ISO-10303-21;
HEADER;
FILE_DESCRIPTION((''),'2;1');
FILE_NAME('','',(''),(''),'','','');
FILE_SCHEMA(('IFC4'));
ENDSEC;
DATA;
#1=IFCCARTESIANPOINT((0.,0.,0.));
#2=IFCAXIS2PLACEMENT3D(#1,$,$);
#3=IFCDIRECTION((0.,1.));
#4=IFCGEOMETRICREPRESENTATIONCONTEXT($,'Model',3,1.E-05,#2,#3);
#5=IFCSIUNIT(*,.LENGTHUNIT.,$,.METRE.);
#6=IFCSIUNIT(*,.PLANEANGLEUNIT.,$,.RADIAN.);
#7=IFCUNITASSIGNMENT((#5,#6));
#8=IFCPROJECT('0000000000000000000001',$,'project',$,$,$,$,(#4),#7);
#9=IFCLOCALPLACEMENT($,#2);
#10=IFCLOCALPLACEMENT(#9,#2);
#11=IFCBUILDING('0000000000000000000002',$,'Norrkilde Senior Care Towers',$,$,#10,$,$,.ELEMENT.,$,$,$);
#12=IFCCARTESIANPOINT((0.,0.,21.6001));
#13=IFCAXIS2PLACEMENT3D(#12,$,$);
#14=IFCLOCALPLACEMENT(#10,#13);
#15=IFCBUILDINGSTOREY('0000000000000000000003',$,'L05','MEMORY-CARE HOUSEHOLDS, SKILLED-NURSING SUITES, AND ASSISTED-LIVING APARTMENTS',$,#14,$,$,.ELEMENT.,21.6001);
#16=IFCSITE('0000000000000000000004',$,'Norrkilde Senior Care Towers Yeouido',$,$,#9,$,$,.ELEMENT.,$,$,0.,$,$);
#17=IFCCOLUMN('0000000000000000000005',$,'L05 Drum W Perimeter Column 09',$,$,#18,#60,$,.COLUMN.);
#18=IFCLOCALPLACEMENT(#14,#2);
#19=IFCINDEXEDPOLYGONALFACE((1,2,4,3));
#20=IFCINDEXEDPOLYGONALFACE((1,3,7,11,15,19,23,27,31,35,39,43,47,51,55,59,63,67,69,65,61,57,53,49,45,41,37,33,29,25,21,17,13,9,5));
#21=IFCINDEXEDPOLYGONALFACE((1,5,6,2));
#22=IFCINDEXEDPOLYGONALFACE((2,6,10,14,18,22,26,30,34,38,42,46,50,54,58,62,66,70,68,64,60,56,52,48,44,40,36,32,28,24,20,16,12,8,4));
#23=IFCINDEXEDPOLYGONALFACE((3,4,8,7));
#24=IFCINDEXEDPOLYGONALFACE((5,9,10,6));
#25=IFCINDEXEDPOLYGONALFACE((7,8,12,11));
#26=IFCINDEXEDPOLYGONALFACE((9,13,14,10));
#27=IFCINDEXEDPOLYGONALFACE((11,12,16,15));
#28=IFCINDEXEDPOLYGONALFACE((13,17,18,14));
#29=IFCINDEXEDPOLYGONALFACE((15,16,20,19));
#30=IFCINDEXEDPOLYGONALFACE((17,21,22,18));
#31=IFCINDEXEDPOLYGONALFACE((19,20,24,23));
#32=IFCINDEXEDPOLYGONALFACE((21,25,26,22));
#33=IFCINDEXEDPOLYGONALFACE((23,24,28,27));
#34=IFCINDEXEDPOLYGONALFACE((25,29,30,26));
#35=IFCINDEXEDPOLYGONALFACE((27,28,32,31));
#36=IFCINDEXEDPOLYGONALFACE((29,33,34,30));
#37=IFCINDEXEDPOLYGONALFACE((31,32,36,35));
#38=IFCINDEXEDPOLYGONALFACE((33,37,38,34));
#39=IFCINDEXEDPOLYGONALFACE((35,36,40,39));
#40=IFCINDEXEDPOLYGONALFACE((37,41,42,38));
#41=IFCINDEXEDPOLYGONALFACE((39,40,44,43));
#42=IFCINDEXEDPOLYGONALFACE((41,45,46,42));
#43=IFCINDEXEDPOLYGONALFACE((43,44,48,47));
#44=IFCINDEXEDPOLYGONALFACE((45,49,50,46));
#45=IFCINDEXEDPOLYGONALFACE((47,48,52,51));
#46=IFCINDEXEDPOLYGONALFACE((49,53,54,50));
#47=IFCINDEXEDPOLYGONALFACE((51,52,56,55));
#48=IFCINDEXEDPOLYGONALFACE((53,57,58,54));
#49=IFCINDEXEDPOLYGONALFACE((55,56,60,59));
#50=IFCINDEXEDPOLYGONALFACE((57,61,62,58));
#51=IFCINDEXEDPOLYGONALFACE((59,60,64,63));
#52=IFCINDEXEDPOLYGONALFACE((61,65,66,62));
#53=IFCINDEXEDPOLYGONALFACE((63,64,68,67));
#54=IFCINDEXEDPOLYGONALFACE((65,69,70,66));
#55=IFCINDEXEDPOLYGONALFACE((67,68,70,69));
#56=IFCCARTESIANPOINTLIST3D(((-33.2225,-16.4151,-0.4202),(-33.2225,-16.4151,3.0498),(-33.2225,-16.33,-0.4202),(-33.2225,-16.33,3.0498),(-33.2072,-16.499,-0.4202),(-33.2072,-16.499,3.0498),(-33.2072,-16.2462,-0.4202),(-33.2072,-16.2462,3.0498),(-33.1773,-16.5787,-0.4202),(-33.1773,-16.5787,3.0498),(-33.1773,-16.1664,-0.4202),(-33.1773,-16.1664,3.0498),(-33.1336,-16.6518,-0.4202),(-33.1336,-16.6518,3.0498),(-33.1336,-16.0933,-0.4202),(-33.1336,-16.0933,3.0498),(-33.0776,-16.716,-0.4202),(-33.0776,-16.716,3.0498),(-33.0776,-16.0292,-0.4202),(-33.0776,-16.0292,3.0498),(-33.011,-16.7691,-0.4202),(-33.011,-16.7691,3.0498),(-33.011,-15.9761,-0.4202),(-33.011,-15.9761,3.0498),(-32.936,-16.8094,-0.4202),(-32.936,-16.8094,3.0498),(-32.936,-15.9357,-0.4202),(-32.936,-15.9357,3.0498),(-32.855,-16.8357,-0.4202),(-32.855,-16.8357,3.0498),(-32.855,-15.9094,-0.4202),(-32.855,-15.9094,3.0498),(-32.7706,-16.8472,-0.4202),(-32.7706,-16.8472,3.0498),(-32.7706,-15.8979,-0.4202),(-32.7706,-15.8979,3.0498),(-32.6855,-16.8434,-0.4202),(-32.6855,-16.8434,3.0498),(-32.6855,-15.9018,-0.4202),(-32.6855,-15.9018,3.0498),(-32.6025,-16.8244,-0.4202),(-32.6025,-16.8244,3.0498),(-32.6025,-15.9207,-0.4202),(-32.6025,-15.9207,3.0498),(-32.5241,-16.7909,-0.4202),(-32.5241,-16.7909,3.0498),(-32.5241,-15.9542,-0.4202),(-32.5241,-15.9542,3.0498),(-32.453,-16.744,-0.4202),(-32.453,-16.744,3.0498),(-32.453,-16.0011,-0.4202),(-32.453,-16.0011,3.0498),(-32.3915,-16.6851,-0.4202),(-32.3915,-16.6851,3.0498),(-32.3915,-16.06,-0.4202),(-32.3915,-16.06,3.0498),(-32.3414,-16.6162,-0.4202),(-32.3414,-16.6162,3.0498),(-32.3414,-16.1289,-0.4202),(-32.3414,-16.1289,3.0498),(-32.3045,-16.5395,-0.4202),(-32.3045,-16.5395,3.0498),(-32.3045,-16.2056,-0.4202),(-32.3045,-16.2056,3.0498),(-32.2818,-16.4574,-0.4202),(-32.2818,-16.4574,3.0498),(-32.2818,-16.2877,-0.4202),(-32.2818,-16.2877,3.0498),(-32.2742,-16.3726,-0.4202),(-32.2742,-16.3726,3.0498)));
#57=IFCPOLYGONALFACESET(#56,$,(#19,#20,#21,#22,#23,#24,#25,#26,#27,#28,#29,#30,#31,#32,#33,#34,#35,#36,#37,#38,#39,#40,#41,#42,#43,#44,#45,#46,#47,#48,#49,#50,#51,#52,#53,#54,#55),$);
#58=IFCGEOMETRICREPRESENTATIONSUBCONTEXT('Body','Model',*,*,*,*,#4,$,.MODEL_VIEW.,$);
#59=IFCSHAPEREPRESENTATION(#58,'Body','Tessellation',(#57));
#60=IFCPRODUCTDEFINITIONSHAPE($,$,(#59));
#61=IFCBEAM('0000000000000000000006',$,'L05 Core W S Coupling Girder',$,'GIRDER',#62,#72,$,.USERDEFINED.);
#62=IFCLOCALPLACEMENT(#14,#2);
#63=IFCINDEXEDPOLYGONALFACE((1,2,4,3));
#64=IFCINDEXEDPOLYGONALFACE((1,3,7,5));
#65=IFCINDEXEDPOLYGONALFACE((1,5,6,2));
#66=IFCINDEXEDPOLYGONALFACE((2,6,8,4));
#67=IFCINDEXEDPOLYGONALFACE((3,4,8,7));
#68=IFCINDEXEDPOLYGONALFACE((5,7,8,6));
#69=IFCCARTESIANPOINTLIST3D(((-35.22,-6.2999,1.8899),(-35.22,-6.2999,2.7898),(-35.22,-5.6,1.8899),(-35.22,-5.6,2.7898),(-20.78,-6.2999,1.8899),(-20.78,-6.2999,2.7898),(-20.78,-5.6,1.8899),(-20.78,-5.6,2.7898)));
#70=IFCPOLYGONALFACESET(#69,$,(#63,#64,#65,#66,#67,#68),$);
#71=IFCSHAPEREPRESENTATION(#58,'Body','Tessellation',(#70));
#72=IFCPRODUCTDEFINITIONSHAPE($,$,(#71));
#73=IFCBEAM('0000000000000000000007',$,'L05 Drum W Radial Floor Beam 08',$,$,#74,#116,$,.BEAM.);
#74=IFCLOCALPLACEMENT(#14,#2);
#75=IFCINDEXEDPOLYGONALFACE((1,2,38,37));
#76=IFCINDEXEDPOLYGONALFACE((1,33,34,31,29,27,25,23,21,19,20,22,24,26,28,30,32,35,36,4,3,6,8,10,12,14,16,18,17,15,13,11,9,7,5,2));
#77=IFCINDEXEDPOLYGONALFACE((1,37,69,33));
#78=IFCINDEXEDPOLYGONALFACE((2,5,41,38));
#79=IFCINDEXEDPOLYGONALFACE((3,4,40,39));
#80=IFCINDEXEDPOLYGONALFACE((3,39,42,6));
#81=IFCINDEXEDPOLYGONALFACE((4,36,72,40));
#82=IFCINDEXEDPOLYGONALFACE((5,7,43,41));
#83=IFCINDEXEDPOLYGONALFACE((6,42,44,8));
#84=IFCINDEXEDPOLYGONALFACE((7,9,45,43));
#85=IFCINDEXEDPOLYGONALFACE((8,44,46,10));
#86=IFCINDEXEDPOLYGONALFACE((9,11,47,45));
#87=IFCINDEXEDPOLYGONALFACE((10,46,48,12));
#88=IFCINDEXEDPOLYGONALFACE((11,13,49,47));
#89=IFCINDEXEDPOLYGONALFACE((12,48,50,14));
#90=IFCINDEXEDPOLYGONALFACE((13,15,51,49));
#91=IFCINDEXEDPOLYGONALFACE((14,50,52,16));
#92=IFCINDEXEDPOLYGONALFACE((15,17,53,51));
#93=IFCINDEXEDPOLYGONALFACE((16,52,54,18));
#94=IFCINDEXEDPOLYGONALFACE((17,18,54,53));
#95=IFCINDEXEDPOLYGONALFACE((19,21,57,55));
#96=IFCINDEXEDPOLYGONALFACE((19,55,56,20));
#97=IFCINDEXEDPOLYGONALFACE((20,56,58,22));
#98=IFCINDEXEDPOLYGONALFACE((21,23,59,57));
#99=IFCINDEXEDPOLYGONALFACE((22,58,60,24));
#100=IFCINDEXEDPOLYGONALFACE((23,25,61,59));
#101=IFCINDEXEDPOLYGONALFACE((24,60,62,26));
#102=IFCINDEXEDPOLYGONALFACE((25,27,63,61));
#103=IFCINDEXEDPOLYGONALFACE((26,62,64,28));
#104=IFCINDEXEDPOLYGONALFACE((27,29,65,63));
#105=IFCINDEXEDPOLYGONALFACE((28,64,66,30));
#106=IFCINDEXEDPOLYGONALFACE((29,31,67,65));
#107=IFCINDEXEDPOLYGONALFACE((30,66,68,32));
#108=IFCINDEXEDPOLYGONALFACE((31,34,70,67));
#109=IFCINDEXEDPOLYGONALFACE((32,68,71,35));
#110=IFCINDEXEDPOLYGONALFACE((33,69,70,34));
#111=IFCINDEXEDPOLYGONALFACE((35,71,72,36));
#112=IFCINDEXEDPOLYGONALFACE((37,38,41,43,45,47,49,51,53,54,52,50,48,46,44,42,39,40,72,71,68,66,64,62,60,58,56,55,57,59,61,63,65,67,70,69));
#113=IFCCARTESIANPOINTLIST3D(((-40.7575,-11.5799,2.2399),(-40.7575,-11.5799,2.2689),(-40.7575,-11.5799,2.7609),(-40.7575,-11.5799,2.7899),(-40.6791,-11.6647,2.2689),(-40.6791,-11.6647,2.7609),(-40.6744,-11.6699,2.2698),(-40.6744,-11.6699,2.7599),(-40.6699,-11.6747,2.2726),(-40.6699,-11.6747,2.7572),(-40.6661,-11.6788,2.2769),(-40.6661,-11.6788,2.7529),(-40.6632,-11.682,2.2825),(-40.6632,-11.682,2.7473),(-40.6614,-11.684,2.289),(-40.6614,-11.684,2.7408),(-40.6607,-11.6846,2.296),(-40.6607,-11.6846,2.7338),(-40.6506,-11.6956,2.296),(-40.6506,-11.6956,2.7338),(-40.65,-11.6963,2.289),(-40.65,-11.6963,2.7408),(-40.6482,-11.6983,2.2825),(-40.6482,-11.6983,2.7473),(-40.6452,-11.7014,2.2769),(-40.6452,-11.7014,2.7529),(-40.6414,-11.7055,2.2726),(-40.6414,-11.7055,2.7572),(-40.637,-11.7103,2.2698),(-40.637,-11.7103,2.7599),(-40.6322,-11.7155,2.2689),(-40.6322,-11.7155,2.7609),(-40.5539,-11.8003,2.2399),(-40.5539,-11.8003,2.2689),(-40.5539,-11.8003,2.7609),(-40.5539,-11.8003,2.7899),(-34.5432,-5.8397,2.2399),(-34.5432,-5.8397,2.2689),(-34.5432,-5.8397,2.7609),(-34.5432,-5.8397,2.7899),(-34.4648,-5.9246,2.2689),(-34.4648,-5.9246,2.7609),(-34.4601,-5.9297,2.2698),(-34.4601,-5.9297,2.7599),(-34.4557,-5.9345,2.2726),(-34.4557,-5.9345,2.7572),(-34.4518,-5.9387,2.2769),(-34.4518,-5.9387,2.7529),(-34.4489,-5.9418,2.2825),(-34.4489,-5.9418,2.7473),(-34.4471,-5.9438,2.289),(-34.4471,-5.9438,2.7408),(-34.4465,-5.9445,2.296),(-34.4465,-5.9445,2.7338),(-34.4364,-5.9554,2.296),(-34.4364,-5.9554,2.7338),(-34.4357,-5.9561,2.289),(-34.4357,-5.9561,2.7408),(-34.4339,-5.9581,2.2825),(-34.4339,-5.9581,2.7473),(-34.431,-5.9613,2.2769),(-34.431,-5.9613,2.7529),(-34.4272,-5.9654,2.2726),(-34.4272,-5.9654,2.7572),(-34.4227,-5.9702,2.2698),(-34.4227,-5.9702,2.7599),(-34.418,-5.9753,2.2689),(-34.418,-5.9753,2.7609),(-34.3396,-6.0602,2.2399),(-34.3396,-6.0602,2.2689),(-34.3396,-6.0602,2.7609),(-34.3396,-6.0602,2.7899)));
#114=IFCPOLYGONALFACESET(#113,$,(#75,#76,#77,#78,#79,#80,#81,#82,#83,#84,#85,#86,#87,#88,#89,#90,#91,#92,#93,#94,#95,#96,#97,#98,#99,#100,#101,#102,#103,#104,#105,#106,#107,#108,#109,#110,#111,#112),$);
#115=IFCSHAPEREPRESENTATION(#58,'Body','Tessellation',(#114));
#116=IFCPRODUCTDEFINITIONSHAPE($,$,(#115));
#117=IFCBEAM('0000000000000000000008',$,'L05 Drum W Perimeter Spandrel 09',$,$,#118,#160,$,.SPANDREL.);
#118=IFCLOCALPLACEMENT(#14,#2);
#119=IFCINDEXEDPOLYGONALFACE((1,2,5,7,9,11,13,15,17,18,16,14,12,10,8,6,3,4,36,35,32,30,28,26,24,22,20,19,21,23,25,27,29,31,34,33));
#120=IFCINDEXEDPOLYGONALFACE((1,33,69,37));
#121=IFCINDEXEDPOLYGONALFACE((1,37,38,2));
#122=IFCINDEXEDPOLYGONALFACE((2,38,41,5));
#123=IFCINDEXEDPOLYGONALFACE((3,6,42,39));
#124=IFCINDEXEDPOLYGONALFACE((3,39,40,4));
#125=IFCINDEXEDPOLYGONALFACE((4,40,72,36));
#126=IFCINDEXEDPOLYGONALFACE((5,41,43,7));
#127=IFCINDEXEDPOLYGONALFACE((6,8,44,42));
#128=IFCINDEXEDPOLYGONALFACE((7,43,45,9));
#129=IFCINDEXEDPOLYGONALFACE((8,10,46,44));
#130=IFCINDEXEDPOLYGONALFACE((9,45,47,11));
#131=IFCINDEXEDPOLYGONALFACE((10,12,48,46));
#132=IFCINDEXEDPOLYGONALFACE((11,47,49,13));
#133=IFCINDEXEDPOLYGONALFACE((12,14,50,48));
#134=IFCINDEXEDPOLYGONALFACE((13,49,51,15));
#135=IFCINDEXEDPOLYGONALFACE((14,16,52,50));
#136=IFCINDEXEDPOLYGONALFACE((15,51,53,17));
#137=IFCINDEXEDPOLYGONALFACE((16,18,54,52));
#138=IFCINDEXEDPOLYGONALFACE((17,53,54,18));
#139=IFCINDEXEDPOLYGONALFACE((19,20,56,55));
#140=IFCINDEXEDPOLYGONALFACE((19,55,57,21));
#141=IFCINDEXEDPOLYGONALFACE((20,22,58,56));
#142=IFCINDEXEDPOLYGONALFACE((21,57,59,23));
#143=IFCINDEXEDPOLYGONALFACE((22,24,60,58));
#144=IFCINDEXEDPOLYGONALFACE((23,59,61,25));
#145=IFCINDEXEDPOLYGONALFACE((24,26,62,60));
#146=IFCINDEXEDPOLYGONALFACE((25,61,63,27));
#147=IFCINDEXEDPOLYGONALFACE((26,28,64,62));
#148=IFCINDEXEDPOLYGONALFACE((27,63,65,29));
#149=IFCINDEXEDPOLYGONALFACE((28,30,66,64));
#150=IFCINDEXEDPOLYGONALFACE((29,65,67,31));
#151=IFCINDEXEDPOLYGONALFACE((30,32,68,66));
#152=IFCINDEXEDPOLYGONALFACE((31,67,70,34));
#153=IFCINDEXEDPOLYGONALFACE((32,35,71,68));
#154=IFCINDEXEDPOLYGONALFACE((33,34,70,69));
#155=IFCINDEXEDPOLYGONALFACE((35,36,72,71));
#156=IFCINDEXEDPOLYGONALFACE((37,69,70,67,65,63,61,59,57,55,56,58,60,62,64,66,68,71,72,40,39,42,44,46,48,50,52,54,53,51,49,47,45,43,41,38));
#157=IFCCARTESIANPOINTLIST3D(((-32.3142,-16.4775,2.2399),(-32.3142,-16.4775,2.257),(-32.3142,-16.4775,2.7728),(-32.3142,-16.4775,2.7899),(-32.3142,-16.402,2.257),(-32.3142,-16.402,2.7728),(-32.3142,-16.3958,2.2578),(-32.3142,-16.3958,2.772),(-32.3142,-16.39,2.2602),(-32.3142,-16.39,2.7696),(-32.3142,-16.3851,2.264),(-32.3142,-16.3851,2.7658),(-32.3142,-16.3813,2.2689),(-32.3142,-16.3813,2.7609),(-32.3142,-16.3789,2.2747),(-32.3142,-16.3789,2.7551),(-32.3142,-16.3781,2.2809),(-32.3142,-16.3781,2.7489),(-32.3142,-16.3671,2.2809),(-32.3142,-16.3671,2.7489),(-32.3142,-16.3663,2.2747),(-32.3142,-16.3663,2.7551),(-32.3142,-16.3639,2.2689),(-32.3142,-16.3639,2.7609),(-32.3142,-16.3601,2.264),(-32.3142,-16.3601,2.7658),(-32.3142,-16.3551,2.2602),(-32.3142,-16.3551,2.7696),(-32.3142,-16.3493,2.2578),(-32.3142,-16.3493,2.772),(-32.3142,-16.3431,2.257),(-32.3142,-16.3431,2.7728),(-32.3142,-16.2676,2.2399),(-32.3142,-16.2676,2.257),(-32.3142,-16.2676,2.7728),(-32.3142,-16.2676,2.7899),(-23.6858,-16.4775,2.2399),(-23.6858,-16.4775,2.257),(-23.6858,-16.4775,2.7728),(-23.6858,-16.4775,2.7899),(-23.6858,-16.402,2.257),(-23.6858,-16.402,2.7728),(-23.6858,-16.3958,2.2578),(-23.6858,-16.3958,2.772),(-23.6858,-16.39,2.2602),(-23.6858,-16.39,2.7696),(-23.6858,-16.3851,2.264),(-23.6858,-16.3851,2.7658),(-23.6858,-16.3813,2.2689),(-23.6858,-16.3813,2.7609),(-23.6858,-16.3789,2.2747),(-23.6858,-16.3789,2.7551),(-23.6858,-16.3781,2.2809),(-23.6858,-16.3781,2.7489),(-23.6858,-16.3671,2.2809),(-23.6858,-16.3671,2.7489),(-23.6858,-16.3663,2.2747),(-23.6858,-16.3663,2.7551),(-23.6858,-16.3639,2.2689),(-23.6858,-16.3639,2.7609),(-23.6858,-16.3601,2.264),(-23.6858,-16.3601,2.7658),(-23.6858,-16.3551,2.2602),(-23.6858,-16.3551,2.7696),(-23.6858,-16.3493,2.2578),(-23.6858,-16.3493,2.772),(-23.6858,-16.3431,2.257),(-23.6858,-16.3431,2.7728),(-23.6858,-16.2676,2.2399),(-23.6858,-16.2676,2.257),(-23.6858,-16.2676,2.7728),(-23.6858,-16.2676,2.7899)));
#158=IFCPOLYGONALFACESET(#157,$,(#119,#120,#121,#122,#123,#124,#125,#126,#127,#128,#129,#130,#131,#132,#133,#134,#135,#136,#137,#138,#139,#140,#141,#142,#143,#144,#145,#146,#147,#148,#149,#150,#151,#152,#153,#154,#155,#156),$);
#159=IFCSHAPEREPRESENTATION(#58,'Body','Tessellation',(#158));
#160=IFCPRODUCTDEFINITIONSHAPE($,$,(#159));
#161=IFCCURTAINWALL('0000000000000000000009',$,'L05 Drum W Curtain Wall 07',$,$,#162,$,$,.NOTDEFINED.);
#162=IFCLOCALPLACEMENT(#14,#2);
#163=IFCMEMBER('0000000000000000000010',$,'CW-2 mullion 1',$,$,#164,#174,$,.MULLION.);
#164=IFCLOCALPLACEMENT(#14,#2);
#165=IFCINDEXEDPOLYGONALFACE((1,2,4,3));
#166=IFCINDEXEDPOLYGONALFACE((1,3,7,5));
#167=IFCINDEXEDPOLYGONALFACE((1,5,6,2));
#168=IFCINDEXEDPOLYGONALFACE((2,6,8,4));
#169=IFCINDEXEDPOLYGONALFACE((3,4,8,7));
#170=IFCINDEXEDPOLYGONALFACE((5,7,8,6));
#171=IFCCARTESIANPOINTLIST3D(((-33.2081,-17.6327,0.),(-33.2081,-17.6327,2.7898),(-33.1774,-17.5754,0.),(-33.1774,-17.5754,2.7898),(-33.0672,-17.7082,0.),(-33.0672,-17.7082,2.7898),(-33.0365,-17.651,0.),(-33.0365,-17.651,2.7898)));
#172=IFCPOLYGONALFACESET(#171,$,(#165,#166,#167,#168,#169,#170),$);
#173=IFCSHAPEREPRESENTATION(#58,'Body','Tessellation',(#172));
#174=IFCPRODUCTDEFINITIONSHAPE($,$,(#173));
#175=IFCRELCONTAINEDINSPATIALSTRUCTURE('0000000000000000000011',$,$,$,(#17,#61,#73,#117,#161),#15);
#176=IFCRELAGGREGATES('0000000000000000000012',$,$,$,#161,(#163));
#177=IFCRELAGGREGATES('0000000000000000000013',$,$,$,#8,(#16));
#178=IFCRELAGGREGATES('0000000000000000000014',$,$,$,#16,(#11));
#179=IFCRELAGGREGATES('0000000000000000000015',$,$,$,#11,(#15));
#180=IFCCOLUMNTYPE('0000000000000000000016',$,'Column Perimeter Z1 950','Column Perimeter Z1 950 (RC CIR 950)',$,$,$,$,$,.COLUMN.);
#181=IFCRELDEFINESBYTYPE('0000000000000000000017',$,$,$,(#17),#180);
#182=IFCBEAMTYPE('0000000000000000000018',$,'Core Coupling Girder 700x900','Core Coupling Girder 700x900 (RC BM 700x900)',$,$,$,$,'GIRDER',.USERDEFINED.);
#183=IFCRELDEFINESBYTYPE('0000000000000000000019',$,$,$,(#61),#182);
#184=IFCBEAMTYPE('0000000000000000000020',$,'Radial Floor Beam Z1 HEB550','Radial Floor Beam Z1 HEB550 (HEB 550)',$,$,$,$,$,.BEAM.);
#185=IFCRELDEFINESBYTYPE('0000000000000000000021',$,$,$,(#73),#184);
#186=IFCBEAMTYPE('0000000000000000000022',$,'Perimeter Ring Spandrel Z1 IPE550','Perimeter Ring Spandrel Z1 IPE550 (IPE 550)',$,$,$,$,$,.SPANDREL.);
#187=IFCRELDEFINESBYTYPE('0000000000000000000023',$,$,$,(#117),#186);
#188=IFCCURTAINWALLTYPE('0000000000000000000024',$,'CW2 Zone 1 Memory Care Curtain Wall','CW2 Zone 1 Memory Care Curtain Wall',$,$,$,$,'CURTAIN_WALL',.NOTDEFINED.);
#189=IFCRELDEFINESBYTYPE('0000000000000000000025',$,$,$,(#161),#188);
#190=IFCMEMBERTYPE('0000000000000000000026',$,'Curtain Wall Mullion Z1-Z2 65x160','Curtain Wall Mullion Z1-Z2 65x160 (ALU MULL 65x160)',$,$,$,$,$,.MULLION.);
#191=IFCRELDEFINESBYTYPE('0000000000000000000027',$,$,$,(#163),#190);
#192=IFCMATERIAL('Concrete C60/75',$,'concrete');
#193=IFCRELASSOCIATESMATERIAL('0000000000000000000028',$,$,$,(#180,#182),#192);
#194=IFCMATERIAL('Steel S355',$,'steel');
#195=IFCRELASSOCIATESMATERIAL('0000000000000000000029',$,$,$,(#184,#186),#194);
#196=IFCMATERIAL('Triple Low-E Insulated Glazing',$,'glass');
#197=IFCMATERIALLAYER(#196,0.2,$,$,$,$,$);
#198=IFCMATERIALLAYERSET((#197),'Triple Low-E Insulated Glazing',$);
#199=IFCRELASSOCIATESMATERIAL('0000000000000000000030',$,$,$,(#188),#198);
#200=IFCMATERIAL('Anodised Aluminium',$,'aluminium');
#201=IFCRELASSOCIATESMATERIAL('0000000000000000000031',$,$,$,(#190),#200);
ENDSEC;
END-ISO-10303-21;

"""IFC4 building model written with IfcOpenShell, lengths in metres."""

from ifc_helpers import new_model, si_unit, direction, frame, origin, origin_2d, place, context, subcontext, project, spatial, rectangle, circle, i_section, extrude, source, transform, mapped, material, layer, layer_set, material_profile, profile_set, type_object, type_shapes, element, aggregate, save


model = new_model("IFC4")

# Units and contexts
model_context = context("Model", 3, precision=1e-05, world=origin(), true_north=direction((0.0, 1.0)))
body_context = subcontext(model_context, "Body", "Model", "MODEL_VIEW")
ifc_project = project(units=[si_unit("LENGTHUNIT", "METRE"), si_unit("PLANEANGLEUNIT", "RADIAN")], contexts=[model_context])

# Site, building, storey
site_placement = place(None, origin())
site = spatial("IfcSite", under=ifc_project, at=site_placement, Name="Norrkilde Senior Care Towers Yeouido", CompositionType="ELEMENT", RefElevation=0.0)
building_placement = place(site_placement, origin())
building = spatial("IfcBuilding", under=site, at=building_placement, Name="Norrkilde Senior Care Towers", CompositionType="ELEMENT")
storey_placement = place(building_placement, frame((0.0, 0.0, 21.6001)))
storey = spatial("IfcBuildingStorey", under=building, at=storey_placement, Name="L05", Description="MEMORY-CARE HOUSEHOLDS, SKILLED-NURSING SUITES, AND ASSISTED-LIVING APARTMENTS", CompositionType="ELEMENT", Elevation=21.6001)

# Column
ifc_material_1 = material(Name="Concrete C60/75", Category="concrete")
ifc_material_profile_1 = material_profile(ifc_material_1, circle(Radius=0.4751, at=origin_2d()), Name="RC CIR 950")
ifc_profile_set_1 = profile_set([ifc_material_profile_1], Name="Concrete C60/75")
column_type = type_object("IfcColumnType", Name="Column Perimeter Z1 950", Description="Column Perimeter Z1 950 (RC CIR 950)", PredefinedType="COLUMN", material=ifc_profile_set_1)
shared_shape_1 = source(origin(), body_context, "Body", "SweptSolid", [
    extrude(circle(Radius=0.4751, at=origin_2d()), origin(), (0.0, 0.0, 1.0), 3.47),
])
type_shapes(column_type, [shared_shape_1])
column_placement = place(storey_placement, frame((-32.7493, -16.3726, -0.4202), z_axis=(0.0, 0.0, 1.0), x_axis=(1.0, 0.0, 0.0)))
element("IfcColumn", 1, at=column_placement, inside=storey, type_object=column_type, Name="L05 Drum W Perimeter Column 09", PredefinedType="COLUMN", context=body_context, shape_type="MappedRepresentation", body=[
    mapped(shared_shape_1, transform((0.0, 0.0, 0.0), x_axis=(1.0, 0.0, 0.0), y_axis=(0.0, 1.0, 0.0), z_axis=(0.0, 0.0, 1.0), scale=1.0)),
])

# Beams
ifc_material_profile_2 = material_profile(ifc_material_1, rectangle(XDim=0.7, YDim=0.8999, at=origin_2d()), Name="RC BM 700x900")
ifc_profile_set_2 = profile_set([ifc_material_profile_2], Name="Concrete C60/75")
beam_type_1 = type_object("IfcBeamType", Name="Core Coupling Girder 700x900", Description="Core Coupling Girder 700x900 (RC BM 700x900)", ElementType="GIRDER", PredefinedType="USERDEFINED", material=ifc_profile_set_2)
shared_shape_2 = source(origin(), body_context, "Body", "SweptSolid", [
    extrude(rectangle(XDim=0.7, YDim=0.8999, at=origin_2d()), origin(), (0.0, 0.0, 1.0), 14.4399),
])
type_shapes(beam_type_1, [shared_shape_2])
beam_1_placement = place(storey_placement, frame((-35.22, -5.95, 2.3398), z_axis=(1.0, 0.0, 0.0), x_axis=(0.0, 1.0, 0.0)))
element("IfcBeam", 2, at=beam_1_placement, inside=storey, type_object=beam_type_1, Name="L05 Core W S Coupling Girder", ObjectType="GIRDER", PredefinedType="USERDEFINED", context=body_context, shape_type="MappedRepresentation", body=[
    mapped(shared_shape_2, transform((0.0, 0.0, 0.0), x_axis=(1.0, 0.0, 0.0), y_axis=(0.0, 1.0, 0.0), z_axis=(0.0, 0.0, 1.0), scale=1.0)),
])
ifc_material_2 = material(Name="Steel S355", Category="steel")
ifc_material_profile_3 = material_profile(ifc_material_2, i_section(OverallWidth=0.3, OverallDepth=0.55, WebThickness=0.0149, FlangeThickness=0.0291, FilletRadius=0.0271, at=origin_2d()), Name="HEB 550")
ifc_profile_set_3 = profile_set([ifc_material_profile_3], Name="Steel S355")
beam_type_2 = type_object("IfcBeamType", Name="Radial Floor Beam Z1 HEB550", Description="Radial Floor Beam Z1 HEB550 (HEB 550)", PredefinedType="BEAM", material=ifc_profile_set_3)
shared_shape_3 = source(origin(), body_context, "Body", "SweptSolid", [
    extrude(i_section(OverallWidth=0.3, OverallDepth=0.55, WebThickness=0.0149, FlangeThickness=0.0291, FilletRadius=0.0271, at=origin_2d()), origin(), (0.0, 0.0, 1.0), 8.4597),
])
type_shapes(beam_type_2, [shared_shape_3])
beam_2_placement = place(storey_placement, frame((-34.4414, -5.95, 2.5149), z_axis=(-0.734573, -0.678529, 0.0), x_axis=(0.678529, -0.734573, 0.0)))
element("IfcBeam", 3, at=beam_2_placement, inside=storey, type_object=beam_type_2, Name="L05 Drum W Radial Floor Beam 08", PredefinedType="BEAM", context=body_context, shape_type="MappedRepresentation", body=[
    mapped(shared_shape_3, transform((0.0, 0.0, 0.0), x_axis=(1.0, 0.0, 0.0), y_axis=(0.0, 1.0, 0.0), z_axis=(0.0, 0.0, 1.0), scale=1.0)),
])
ifc_material_profile_4 = material_profile(ifc_material_2, i_section(OverallWidth=0.21, OverallDepth=0.55, WebThickness=0.011, FlangeThickness=0.0171, FilletRadius=0.0239, at=origin_2d()), Name="IPE 550")
ifc_profile_set_4 = profile_set([ifc_material_profile_4], Name="Steel S355")
beam_type_3 = type_object("IfcBeamType", Name="Perimeter Ring Spandrel Z1 IPE550", Description="Perimeter Ring Spandrel Z1 IPE550 (IPE 550)", PredefinedType="SPANDREL", material=ifc_profile_set_4)
shared_shape_4 = source(origin(), body_context, "Body", "SweptSolid", [
    extrude(i_section(OverallWidth=0.21, OverallDepth=0.55, WebThickness=0.011, FlangeThickness=0.0171, FilletRadius=0.0239, at=origin_2d()), origin(), (0.0, 0.0, 1.0), 8.6284),
])
type_shapes(beam_type_3, [shared_shape_4])
beam_3_placement = place(storey_placement, frame((-32.3142, -16.3726, 2.5149), z_axis=(1.0, 0.0, 0.0), x_axis=(0.0, 1.0, 0.0)))
element("IfcBeam", 4, at=beam_3_placement, inside=storey, type_object=beam_type_3, Name="L05 Drum W Perimeter Spandrel 09", PredefinedType="SPANDREL", context=body_context, shape_type="MappedRepresentation", body=[
    mapped(shared_shape_4, transform((0.0, 0.0, 0.0), x_axis=(1.0, 0.0, 0.0), y_axis=(0.0, 1.0, 0.0), z_axis=(0.0, 0.0, 1.0), scale=1.0)),
])

# Curtain wall, member
ifc_material_3 = material(Name="Triple Low-E Insulated Glazing", Category="glass")
ifc_layer_1 = layer(ifc_material_3, 0.2)
ifc_layer_set_1 = layer_set([ifc_layer_1], Name="Triple Low-E Insulated Glazing")
curtain_wall_type = type_object("IfcCurtainWallType", Name="CW2 Zone 1 Memory Care Curtain Wall", Description="CW2 Zone 1 Memory Care Curtain Wall", ElementType="CURTAIN_WALL", PredefinedType="NOTDEFINED", material=ifc_layer_set_1)
curtain_wall_1_placement = place(storey_placement, origin())
curtain_wall_1 = element("IfcCurtainWall", 5, at=curtain_wall_1_placement, inside=storey, type_object=curtain_wall_type, Name="L05 Drum W Curtain Wall 07", PredefinedType="NOTDEFINED")
ifc_material_4 = material(Name="Anodised Aluminium", Category="aluminium")
ifc_material_profile_5 = material_profile(ifc_material_4, rectangle(XDim=0.0649, YDim=0.1599, at=origin_2d()), Name="ALU MULL 65x160")
ifc_profile_set_5 = profile_set([ifc_material_profile_5], Name="Anodised Aluminium")
member_type_1 = type_object("IfcMemberType", Name="Curtain Wall Mullion Z1-Z2 65x160", Description="Curtain Wall Mullion Z1-Z2 65x160 (ALU MULL 65x160)", PredefinedType="MULLION", material=ifc_profile_set_5)
shared_shape_5 = source(origin(), body_context, "Body", "SweptSolid", [
    extrude(rectangle(XDim=0.0649, YDim=0.1599, at=origin_2d()), origin(), (0.0, 0.0, 1.0), 2.7898),
])
type_shapes(member_type_1, [shared_shape_5])
member_1_placement = place(storey_placement, frame((-33.1223, -17.6418, 0.0), z_axis=(0.0, 0.0, 1.0), x_axis=(-0.472608, -0.881273, 0.0)))
member_1 = element("IfcMember", 6, at=member_1_placement, type_object=member_type_1, Name="CW-2 mullion 1", PredefinedType="MULLION", context=body_context, shape_type="MappedRepresentation", body=[
    mapped(shared_shape_5, transform((0.0, 0.0, 0.0), x_axis=(1.0, 0.0, 0.0), y_axis=(0.0, 1.0, 0.0), z_axis=(0.0, 0.0, 1.0), scale=1.0)),
])

aggregate(curtain_wall_1, [member_1])

save(model, "model.ifc")
